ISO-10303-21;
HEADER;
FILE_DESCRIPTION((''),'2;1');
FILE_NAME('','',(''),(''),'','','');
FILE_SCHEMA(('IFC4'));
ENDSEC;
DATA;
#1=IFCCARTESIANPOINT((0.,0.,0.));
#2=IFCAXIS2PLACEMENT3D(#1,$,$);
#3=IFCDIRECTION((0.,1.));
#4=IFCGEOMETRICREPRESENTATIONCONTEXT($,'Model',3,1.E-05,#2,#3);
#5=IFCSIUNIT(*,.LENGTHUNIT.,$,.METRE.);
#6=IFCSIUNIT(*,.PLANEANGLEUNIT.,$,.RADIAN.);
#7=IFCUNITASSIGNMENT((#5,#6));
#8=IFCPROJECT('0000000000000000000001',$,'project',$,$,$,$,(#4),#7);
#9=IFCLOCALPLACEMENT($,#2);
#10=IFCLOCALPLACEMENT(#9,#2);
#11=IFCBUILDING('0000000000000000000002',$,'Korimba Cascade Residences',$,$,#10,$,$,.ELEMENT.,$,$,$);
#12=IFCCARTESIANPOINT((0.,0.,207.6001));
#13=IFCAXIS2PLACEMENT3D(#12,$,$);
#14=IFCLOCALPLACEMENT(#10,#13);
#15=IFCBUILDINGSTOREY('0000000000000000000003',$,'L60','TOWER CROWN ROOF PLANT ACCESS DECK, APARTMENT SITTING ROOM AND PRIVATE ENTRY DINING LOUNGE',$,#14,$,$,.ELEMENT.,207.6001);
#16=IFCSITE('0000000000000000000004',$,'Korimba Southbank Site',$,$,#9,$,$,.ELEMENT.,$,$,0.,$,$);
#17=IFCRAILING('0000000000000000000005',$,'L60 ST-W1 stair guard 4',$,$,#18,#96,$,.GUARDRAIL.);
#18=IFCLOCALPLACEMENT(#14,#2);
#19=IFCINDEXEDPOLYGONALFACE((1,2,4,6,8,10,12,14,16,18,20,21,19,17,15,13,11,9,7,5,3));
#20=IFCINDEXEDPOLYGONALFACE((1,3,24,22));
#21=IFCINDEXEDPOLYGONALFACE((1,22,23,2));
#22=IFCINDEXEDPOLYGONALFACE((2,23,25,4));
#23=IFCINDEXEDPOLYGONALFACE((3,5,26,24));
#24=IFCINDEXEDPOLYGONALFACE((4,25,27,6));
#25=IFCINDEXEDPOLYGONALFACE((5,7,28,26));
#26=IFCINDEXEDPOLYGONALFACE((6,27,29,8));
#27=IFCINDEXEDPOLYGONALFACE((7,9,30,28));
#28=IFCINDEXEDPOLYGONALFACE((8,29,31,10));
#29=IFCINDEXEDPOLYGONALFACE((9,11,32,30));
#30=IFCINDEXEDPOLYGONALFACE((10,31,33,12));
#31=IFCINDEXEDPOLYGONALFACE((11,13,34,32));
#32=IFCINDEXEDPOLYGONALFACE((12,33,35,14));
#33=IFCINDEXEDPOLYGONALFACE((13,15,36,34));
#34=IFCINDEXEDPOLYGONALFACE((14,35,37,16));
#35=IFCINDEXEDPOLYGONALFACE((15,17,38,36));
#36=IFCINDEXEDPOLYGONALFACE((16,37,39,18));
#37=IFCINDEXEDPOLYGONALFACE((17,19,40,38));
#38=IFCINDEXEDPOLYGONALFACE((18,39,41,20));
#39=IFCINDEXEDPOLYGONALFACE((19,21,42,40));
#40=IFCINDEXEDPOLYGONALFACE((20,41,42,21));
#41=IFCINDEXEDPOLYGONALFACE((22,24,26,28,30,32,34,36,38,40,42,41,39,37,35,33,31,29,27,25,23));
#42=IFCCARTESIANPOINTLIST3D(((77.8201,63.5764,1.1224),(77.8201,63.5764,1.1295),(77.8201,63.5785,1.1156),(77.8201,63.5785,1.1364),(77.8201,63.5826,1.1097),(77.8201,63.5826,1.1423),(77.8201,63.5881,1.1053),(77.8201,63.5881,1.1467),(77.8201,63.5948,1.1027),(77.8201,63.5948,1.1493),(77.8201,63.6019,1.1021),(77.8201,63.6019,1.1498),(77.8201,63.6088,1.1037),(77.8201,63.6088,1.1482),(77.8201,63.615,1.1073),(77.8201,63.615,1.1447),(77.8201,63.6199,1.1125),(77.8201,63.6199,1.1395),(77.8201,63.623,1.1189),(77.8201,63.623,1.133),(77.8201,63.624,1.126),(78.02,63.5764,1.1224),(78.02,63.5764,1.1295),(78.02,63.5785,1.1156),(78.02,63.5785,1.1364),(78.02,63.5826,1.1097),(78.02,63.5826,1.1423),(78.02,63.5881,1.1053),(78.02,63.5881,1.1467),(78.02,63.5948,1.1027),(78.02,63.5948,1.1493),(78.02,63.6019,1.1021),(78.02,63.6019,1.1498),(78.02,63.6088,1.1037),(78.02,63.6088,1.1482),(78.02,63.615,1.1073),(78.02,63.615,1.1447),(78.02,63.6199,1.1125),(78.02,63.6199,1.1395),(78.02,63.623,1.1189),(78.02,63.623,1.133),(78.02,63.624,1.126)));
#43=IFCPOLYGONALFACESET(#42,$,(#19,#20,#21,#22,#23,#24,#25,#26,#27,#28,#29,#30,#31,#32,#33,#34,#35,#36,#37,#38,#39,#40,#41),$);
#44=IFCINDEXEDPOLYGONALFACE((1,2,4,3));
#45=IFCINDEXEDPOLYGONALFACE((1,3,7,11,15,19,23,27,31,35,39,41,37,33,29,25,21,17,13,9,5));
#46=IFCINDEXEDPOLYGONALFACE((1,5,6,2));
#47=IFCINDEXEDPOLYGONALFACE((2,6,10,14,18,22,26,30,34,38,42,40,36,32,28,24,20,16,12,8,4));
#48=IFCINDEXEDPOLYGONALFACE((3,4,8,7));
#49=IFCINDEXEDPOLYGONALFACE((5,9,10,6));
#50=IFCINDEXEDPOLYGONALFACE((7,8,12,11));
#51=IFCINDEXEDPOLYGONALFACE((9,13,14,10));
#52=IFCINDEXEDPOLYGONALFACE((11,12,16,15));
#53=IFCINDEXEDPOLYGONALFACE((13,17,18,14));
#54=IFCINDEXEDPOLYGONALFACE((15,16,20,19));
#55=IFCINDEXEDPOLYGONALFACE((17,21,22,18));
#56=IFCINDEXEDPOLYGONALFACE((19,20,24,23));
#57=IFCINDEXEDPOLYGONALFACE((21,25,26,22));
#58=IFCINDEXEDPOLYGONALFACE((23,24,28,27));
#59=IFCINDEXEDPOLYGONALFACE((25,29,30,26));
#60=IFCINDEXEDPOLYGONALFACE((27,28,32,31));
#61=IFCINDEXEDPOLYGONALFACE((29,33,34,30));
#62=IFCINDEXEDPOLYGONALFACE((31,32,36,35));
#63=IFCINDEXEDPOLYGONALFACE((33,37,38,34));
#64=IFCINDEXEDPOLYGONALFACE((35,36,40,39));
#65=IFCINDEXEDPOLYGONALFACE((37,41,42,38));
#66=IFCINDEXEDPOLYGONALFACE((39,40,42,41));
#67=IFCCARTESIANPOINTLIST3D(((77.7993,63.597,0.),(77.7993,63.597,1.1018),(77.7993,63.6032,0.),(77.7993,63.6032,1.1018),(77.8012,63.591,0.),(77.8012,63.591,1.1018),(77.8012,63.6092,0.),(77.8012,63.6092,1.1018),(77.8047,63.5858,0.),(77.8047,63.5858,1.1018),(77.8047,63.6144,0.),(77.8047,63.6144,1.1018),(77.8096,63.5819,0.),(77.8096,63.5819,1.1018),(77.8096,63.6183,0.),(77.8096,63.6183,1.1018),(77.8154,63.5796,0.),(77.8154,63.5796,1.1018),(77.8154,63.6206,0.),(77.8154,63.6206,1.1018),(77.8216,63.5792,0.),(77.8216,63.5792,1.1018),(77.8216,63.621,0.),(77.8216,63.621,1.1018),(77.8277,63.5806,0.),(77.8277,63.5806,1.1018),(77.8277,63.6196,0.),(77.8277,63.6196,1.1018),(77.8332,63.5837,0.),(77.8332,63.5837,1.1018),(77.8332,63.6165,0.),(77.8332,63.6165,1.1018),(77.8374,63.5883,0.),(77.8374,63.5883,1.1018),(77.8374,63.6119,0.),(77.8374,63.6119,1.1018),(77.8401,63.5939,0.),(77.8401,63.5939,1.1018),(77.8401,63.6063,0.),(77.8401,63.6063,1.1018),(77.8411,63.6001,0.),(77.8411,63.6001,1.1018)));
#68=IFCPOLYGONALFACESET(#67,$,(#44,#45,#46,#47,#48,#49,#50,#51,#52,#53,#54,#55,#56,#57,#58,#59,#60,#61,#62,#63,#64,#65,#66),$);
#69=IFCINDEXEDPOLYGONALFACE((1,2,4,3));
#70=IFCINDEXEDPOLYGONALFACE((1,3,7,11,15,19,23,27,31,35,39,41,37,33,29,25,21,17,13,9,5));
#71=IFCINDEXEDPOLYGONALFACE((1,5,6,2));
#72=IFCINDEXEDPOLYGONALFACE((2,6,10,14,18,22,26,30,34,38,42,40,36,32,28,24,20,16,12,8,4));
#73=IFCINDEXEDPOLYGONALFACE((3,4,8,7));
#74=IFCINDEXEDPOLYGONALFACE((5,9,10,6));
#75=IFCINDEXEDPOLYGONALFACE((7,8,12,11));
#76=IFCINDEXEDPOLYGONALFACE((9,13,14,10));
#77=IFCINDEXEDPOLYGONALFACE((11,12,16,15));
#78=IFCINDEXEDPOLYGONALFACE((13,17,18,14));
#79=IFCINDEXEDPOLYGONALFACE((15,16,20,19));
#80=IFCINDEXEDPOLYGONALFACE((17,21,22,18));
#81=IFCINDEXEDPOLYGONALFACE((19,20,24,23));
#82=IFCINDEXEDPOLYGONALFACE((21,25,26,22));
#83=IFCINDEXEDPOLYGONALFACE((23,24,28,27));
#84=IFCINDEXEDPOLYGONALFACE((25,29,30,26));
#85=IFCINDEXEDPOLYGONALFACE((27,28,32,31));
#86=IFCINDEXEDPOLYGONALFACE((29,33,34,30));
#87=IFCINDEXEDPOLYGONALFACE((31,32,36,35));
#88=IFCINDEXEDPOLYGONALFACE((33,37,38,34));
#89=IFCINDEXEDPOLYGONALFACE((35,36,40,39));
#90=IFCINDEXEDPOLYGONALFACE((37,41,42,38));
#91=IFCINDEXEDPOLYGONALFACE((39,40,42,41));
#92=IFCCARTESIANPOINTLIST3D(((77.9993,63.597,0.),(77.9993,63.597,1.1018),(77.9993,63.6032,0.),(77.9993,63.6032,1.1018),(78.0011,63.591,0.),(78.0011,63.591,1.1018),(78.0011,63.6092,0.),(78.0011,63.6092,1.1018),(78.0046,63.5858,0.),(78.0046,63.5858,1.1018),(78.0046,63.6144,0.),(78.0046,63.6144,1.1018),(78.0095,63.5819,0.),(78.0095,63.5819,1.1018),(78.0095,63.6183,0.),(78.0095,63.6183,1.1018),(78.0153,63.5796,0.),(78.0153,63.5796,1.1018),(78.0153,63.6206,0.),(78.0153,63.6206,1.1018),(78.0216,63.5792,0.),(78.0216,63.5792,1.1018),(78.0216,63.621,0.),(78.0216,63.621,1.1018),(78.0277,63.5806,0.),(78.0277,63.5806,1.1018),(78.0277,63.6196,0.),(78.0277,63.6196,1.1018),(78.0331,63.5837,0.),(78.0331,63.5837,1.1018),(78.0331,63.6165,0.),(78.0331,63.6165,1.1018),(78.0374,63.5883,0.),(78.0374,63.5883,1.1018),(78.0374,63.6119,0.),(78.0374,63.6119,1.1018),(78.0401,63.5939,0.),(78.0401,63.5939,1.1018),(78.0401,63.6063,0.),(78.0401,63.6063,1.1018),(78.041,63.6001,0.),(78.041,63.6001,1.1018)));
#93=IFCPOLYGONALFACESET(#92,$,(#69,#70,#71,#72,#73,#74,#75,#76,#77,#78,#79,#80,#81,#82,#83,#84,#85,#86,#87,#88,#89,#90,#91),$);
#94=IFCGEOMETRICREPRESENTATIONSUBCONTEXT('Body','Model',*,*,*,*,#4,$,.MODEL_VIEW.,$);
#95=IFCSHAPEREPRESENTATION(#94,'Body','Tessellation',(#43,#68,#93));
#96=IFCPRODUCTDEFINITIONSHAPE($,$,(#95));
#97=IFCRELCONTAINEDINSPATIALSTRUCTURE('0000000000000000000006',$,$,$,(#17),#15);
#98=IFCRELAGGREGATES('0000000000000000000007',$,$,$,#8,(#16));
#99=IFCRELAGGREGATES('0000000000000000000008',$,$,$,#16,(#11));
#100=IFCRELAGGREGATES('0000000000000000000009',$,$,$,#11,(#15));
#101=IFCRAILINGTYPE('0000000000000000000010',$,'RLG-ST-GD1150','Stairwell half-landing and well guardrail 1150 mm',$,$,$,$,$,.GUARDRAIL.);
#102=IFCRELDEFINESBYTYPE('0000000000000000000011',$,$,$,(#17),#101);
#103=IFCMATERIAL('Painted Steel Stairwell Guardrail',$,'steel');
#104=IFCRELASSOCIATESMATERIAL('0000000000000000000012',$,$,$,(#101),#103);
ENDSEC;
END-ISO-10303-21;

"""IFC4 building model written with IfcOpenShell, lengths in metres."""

from ifc_helpers import new_model, si_unit, direction, frame, origin, origin_2d, place, context, subcontext, project, spatial, circle, extrude, material, type_object, element, save


model = new_model("IFC4")

# Units and contexts
model_context = context("Model", 3, precision=1e-05, world=origin(), true_north=direction((0.0, 1.0)))
body_context = subcontext(model_context, "Body", "Model", "MODEL_VIEW")
ifc_project = project(units=[si_unit("LENGTHUNIT", "METRE"), si_unit("PLANEANGLEUNIT", "RADIAN")], contexts=[model_context])

# Site, building, storey
site_placement = place(None, origin())
site = spatial("IfcSite", under=ifc_project, at=site_placement, Name="Korimba Southbank Site", CompositionType="ELEMENT", RefElevation=0.0)
building_placement = place(site_placement, origin())
building = spatial("IfcBuilding", under=site, at=building_placement, Name="Korimba Cascade Residences", CompositionType="ELEMENT")
storey_placement = place(building_placement, frame((0.0, 0.0, 207.6001)))
storey = spatial("IfcBuildingStorey", under=building, at=storey_placement, Name="L60", Description="TOWER CROWN ROOF PLANT ACCESS DECK, APARTMENT SITTING ROOM AND PRIVATE ENTRY DINING LOUNGE", CompositionType="ELEMENT", Elevation=207.6001)

# Railing
ifc_material_1 = material(Name="Painted Steel Stairwell Guardrail", Category="steel")
railing_type_1 = type_object("IfcRailingType", Name="RLG-ST-GD1150", Description="Stairwell half-landing and well guardrail 1150 mm", PredefinedType="GUARDRAIL", material=ifc_material_1)
railing_1_placement = place(storey_placement, frame((77.8201, 63.6001, 0.0)))
element("IfcRailing", 1, at=railing_1_placement, inside=storey, type_object=railing_type_1, Name="L60 ST-W1 stair guard 4", PredefinedType="GUARDRAIL", context=body_context, shape_type="SweptSolid", body=[
    extrude(circle(Radius=0.0239, at=origin_2d()), frame((0.0, 0.0, 1.126), z_axis=(1.0, 0.0, 0.0), x_axis=(0.0, 1.0, 0.0)), (0.0, 0.0, 1.0), 0.2),
    extrude(circle(Radius=0.021, at=origin_2d()), origin(), (0.0, 0.0, 1.0), 1.1018),
    extrude(circle(Radius=0.021, at=origin_2d()), frame((0.2, 0.0, 0.0)), (0.0, 0.0, 1.0), 1.1018),
])

save(model, "model.ifc")
